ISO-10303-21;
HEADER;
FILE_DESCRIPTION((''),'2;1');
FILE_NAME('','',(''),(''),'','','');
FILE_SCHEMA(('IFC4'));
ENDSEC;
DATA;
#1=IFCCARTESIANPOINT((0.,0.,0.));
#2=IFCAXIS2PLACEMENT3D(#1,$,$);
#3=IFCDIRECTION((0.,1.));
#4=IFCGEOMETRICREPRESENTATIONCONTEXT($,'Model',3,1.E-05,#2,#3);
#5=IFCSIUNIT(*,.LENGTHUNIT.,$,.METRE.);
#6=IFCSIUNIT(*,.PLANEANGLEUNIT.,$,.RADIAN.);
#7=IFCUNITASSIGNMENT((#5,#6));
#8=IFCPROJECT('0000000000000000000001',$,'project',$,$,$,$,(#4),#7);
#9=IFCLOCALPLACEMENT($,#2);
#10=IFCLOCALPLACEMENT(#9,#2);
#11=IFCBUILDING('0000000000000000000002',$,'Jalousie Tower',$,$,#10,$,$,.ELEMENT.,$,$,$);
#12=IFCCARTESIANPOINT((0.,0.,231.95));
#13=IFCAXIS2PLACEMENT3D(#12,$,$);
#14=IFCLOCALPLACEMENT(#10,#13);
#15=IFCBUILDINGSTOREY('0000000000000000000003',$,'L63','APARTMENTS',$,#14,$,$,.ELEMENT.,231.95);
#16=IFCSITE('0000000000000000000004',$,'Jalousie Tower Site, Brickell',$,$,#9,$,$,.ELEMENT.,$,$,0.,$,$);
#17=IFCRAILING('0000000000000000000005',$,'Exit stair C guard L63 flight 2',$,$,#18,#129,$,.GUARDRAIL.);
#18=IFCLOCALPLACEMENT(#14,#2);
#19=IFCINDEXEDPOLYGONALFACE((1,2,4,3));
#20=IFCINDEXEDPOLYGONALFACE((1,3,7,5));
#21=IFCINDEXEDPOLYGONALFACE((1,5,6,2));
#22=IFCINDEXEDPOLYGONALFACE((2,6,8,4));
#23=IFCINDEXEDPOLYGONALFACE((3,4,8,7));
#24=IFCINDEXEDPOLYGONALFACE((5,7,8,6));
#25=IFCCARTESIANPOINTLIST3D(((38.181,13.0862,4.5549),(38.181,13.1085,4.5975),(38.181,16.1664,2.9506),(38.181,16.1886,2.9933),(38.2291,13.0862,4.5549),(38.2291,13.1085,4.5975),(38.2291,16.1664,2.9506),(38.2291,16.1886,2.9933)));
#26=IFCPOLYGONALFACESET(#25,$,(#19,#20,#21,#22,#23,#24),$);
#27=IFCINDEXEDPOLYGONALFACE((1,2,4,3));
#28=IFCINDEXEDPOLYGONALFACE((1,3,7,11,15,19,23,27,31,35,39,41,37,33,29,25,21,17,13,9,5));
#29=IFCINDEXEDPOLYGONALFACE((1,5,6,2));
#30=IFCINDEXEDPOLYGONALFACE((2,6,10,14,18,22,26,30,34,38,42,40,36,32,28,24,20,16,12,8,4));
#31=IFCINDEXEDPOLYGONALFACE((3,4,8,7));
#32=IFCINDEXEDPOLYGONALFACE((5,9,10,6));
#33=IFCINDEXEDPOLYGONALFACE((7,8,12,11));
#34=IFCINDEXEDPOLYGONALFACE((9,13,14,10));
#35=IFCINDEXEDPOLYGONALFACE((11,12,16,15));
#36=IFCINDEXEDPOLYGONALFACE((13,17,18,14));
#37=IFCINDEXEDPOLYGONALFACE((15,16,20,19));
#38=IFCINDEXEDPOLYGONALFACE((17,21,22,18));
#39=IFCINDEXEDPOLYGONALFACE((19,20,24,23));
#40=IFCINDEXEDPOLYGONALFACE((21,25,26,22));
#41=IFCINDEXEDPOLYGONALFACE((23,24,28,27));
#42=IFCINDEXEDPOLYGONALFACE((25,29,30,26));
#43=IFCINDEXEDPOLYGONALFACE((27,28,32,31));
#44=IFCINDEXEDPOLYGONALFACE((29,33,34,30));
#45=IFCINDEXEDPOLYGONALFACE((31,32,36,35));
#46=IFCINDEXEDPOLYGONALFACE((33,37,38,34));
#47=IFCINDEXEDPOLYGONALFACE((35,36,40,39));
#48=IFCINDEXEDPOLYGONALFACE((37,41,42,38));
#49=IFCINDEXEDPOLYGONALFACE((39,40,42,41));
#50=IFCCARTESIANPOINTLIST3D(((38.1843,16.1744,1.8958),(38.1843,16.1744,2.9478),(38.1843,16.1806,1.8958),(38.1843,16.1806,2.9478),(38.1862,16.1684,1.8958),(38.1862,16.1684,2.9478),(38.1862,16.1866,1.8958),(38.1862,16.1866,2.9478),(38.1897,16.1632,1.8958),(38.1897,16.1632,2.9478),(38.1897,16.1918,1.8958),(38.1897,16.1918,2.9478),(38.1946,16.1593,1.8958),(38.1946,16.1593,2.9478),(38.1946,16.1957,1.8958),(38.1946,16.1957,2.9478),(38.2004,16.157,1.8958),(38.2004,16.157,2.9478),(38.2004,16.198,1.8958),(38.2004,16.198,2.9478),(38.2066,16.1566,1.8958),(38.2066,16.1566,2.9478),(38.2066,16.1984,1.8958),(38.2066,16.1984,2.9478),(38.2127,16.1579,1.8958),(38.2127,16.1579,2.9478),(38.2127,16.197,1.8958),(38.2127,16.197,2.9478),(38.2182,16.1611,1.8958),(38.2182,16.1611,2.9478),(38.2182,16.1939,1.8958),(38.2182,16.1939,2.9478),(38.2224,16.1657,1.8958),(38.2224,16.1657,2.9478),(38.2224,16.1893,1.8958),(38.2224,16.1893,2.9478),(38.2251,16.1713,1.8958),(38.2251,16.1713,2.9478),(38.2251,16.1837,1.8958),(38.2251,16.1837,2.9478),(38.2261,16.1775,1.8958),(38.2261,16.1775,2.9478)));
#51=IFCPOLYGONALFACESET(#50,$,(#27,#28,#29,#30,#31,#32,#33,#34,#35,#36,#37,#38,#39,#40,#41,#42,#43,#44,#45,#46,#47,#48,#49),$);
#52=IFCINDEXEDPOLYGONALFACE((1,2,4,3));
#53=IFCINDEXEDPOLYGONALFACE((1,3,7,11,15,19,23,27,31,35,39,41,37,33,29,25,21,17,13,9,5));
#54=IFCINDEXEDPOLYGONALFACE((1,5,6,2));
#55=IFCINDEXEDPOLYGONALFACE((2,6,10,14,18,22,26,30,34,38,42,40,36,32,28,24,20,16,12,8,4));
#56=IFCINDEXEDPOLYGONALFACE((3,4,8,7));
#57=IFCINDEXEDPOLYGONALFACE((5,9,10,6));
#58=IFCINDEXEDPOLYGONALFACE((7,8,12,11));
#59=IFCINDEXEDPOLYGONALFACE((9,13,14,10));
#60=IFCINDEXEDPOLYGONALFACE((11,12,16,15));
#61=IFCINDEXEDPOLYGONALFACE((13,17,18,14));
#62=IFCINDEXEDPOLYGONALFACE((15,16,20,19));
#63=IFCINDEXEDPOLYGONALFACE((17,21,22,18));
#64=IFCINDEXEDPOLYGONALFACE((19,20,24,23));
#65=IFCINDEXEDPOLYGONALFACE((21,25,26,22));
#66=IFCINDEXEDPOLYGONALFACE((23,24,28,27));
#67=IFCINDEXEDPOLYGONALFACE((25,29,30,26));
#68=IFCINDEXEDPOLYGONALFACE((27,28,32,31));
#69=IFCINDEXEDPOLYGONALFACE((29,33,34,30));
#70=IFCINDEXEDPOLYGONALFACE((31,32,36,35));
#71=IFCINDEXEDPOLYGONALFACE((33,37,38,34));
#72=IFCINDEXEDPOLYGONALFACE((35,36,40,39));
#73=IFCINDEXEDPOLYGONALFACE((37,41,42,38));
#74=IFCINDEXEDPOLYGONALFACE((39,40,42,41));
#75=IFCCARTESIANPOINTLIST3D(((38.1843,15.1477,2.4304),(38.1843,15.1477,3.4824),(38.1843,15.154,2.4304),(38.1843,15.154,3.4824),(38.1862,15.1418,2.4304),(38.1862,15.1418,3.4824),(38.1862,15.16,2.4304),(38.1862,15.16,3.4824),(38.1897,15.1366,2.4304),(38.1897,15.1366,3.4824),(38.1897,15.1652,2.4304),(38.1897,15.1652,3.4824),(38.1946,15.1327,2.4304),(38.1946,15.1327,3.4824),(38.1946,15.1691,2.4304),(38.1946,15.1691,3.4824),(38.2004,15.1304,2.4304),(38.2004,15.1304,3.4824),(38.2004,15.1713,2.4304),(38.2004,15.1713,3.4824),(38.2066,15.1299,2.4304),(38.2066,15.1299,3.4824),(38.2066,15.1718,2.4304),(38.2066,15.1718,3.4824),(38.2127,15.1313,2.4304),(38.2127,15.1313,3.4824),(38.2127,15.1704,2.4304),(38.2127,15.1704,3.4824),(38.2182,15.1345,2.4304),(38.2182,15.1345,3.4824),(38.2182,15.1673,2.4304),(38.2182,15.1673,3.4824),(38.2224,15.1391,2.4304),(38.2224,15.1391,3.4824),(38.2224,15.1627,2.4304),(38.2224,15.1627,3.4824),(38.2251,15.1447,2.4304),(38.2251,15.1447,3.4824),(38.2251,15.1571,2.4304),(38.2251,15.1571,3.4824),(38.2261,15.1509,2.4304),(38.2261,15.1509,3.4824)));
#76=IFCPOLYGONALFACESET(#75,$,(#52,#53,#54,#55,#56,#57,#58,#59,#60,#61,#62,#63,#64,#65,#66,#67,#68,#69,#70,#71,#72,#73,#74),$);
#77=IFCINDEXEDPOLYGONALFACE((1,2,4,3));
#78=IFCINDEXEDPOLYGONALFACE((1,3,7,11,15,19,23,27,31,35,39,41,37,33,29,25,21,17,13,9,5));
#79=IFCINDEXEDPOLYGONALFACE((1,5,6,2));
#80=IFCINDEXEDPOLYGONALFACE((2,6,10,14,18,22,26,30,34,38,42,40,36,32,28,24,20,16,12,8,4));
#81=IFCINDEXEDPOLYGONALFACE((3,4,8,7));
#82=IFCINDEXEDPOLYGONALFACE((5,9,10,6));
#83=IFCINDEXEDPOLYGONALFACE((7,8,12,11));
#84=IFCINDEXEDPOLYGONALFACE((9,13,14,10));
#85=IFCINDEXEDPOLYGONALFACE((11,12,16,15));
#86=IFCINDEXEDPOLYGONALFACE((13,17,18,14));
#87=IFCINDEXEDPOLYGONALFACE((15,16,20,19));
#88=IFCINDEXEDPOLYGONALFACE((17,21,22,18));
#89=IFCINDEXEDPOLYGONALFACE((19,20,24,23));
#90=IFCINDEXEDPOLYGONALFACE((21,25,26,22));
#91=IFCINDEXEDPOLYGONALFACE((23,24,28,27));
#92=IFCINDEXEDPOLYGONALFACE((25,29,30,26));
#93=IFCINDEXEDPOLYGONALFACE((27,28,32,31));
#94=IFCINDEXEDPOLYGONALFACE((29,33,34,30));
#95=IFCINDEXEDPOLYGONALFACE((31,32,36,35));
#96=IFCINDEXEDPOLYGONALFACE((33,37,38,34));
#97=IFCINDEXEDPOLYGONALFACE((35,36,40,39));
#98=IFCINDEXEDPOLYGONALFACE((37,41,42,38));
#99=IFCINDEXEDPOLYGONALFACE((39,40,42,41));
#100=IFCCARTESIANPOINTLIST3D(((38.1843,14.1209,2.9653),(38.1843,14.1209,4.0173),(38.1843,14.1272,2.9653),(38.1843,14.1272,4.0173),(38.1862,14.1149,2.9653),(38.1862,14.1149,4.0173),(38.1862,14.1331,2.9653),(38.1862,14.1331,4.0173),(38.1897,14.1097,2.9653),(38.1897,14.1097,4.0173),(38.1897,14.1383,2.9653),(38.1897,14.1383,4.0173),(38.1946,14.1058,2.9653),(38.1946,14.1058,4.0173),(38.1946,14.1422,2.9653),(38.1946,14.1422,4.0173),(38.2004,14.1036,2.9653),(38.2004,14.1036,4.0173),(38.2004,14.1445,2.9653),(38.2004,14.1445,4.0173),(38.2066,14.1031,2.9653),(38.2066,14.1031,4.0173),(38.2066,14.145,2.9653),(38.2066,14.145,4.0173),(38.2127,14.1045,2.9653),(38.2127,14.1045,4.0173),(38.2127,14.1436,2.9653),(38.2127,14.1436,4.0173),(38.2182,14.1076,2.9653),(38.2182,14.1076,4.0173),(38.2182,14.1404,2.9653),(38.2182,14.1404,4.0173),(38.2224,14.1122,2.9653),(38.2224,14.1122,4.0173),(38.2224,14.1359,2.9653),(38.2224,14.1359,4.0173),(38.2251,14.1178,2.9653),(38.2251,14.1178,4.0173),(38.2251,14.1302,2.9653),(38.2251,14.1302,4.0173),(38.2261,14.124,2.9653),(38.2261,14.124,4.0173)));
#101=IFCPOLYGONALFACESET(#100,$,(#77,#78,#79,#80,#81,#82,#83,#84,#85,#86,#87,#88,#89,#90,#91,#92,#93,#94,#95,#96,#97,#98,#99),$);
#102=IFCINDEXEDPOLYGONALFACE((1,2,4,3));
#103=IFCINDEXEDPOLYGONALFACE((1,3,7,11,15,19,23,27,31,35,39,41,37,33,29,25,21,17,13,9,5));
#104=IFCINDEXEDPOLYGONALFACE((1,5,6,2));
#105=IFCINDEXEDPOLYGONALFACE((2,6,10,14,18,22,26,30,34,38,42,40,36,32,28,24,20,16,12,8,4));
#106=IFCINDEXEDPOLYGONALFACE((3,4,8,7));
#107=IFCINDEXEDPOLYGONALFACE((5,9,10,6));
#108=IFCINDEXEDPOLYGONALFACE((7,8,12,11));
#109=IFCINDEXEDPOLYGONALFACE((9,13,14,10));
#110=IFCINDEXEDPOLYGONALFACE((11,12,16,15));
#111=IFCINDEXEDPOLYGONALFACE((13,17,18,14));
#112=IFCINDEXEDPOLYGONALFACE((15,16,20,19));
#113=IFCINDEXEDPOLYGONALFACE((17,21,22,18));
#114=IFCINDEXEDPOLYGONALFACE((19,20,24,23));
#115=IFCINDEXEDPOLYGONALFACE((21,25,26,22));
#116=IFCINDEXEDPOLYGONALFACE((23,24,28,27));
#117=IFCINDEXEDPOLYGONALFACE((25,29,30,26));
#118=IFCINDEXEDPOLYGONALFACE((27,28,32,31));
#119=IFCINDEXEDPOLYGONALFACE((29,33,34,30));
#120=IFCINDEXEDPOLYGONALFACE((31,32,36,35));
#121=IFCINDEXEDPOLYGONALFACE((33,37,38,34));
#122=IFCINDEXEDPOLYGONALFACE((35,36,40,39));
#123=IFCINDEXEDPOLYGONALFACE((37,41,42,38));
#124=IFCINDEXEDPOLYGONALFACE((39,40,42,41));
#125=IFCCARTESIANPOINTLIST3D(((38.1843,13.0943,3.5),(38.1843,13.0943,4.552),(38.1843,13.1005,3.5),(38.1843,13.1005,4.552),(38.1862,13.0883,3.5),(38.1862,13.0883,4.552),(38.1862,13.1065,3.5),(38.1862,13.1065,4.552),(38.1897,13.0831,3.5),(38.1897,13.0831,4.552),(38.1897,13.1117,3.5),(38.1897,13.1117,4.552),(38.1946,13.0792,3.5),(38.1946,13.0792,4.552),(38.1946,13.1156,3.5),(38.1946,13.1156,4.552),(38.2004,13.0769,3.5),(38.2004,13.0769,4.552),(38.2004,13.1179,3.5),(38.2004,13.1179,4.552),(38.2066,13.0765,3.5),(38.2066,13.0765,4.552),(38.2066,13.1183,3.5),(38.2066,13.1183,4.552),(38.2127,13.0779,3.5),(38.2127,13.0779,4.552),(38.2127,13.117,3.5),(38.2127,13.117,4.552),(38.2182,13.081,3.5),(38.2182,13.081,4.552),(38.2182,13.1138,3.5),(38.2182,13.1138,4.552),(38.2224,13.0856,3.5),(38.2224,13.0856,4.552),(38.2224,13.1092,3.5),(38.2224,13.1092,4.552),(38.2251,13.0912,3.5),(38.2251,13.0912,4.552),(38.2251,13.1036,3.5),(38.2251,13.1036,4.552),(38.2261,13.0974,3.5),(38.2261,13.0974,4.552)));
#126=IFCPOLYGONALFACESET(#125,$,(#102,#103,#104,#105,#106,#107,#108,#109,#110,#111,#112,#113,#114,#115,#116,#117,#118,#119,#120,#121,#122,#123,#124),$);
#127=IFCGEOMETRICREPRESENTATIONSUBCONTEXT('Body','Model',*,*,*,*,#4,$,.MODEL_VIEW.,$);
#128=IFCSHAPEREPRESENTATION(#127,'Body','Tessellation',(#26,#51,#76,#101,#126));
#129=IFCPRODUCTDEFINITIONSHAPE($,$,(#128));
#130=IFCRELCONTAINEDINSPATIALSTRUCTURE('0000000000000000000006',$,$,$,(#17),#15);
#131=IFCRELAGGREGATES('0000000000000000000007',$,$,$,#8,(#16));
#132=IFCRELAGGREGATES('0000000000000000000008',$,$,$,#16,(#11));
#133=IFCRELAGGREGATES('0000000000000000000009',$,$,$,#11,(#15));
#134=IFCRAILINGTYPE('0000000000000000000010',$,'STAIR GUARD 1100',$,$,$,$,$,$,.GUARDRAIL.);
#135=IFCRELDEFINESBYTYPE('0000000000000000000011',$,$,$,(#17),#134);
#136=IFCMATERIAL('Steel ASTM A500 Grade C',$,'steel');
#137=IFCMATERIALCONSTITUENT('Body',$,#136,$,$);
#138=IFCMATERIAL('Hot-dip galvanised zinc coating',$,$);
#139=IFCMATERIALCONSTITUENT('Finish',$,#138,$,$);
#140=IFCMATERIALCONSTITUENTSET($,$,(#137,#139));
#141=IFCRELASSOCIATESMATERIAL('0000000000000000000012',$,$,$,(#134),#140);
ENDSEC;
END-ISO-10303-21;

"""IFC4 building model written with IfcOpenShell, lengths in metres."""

from ifc_helpers import new_model, si_unit, direction, frame, origin, origin_2d, place, context, subcontext, project, spatial, rectangle, circle, extrude, material, constituent, constituent_set, type_object, element, save


model = new_model("IFC4")

# Units and contexts
model_context = context("Model", 3, precision=1e-05, world=origin(), true_north=direction((0.0, 1.0)))
body_context = subcontext(model_context, "Body", "Model", "MODEL_VIEW")
ifc_project = project(units=[si_unit("LENGTHUNIT", "METRE"), si_unit("PLANEANGLEUNIT", "RADIAN")], contexts=[model_context])

# Site, building, storey
site_placement = place(None, origin())
site = spatial("IfcSite", under=ifc_project, at=site_placement, Name="Jalousie Tower Site, Brickell", CompositionType="ELEMENT", RefElevation=0.0)
building_placement = place(site_placement, origin())
building = spatial("IfcBuilding", under=site, at=building_placement, Name="Jalousie Tower", CompositionType="ELEMENT")
storey_placement = place(building_placement, frame((0.0, 0.0, 231.95)))
storey = spatial("IfcBuildingStorey", under=building, at=storey_placement, Name="L63", Description="APARTMENTS", CompositionType="ELEMENT", Elevation=231.95)

# Railing
ifc_material_1 = material(Name="Steel ASTM A500 Grade C", Category="steel")
ifc_constituent_1 = constituent(ifc_material_1, Name="Body")
ifc_material_2 = material(Name="Hot-dip galvanised zinc coating")
ifc_constituent_2 = constituent(ifc_material_2, Name="Finish")
ifc_constituent_set_1 = constituent_set(constituents=[ifc_constituent_1, ifc_constituent_2])
railing_type_1 = type_object("IfcRailingType", Name="STAIR GUARD 1100", PredefinedType="GUARDRAIL", material=ifc_constituent_set_1)
railing_1_placement = place(storey_placement, frame((38.2051, 16.1775, 1.8958)))
element("IfcRailing", 1, at=railing_1_placement, inside=storey, type_object=railing_type_1, Name="Exit stair C guard L63 flight 2", PredefinedType="GUARDRAIL", context=body_context, shape_type="SweptSolid", body=[
    extrude(rectangle(XDim=0.0481, YDim=0.0481, at=origin_2d()), frame((0.0, 0.0, 1.0762), z_axis=(0.0, -0.886909, 0.461944), x_axis=(1.0, 0.0, 0.0)), (0.0, 0.0, 1.0), 3.4729),
    extrude(circle(Radius=0.021, at=origin_2d()), origin(), (0.0, 0.0, 1.0), 1.052),
    extrude(circle(Radius=0.021, at=origin_2d()), frame((0.0, -1.0266, 0.5347)), (0.0, 0.0, 1.0), 1.052),
    extrude(circle(Radius=0.021, at=origin_2d()), frame((0.0, -2.0535, 1.0696)), (0.0, 0.0, 1.0), 1.052),
    extrude(circle(Radius=0.021, at=origin_2d()), frame((0.0, -3.0801, 1.6042)), (0.0, 0.0, 1.0), 1.052),
])

save(model, "model.ifc")
